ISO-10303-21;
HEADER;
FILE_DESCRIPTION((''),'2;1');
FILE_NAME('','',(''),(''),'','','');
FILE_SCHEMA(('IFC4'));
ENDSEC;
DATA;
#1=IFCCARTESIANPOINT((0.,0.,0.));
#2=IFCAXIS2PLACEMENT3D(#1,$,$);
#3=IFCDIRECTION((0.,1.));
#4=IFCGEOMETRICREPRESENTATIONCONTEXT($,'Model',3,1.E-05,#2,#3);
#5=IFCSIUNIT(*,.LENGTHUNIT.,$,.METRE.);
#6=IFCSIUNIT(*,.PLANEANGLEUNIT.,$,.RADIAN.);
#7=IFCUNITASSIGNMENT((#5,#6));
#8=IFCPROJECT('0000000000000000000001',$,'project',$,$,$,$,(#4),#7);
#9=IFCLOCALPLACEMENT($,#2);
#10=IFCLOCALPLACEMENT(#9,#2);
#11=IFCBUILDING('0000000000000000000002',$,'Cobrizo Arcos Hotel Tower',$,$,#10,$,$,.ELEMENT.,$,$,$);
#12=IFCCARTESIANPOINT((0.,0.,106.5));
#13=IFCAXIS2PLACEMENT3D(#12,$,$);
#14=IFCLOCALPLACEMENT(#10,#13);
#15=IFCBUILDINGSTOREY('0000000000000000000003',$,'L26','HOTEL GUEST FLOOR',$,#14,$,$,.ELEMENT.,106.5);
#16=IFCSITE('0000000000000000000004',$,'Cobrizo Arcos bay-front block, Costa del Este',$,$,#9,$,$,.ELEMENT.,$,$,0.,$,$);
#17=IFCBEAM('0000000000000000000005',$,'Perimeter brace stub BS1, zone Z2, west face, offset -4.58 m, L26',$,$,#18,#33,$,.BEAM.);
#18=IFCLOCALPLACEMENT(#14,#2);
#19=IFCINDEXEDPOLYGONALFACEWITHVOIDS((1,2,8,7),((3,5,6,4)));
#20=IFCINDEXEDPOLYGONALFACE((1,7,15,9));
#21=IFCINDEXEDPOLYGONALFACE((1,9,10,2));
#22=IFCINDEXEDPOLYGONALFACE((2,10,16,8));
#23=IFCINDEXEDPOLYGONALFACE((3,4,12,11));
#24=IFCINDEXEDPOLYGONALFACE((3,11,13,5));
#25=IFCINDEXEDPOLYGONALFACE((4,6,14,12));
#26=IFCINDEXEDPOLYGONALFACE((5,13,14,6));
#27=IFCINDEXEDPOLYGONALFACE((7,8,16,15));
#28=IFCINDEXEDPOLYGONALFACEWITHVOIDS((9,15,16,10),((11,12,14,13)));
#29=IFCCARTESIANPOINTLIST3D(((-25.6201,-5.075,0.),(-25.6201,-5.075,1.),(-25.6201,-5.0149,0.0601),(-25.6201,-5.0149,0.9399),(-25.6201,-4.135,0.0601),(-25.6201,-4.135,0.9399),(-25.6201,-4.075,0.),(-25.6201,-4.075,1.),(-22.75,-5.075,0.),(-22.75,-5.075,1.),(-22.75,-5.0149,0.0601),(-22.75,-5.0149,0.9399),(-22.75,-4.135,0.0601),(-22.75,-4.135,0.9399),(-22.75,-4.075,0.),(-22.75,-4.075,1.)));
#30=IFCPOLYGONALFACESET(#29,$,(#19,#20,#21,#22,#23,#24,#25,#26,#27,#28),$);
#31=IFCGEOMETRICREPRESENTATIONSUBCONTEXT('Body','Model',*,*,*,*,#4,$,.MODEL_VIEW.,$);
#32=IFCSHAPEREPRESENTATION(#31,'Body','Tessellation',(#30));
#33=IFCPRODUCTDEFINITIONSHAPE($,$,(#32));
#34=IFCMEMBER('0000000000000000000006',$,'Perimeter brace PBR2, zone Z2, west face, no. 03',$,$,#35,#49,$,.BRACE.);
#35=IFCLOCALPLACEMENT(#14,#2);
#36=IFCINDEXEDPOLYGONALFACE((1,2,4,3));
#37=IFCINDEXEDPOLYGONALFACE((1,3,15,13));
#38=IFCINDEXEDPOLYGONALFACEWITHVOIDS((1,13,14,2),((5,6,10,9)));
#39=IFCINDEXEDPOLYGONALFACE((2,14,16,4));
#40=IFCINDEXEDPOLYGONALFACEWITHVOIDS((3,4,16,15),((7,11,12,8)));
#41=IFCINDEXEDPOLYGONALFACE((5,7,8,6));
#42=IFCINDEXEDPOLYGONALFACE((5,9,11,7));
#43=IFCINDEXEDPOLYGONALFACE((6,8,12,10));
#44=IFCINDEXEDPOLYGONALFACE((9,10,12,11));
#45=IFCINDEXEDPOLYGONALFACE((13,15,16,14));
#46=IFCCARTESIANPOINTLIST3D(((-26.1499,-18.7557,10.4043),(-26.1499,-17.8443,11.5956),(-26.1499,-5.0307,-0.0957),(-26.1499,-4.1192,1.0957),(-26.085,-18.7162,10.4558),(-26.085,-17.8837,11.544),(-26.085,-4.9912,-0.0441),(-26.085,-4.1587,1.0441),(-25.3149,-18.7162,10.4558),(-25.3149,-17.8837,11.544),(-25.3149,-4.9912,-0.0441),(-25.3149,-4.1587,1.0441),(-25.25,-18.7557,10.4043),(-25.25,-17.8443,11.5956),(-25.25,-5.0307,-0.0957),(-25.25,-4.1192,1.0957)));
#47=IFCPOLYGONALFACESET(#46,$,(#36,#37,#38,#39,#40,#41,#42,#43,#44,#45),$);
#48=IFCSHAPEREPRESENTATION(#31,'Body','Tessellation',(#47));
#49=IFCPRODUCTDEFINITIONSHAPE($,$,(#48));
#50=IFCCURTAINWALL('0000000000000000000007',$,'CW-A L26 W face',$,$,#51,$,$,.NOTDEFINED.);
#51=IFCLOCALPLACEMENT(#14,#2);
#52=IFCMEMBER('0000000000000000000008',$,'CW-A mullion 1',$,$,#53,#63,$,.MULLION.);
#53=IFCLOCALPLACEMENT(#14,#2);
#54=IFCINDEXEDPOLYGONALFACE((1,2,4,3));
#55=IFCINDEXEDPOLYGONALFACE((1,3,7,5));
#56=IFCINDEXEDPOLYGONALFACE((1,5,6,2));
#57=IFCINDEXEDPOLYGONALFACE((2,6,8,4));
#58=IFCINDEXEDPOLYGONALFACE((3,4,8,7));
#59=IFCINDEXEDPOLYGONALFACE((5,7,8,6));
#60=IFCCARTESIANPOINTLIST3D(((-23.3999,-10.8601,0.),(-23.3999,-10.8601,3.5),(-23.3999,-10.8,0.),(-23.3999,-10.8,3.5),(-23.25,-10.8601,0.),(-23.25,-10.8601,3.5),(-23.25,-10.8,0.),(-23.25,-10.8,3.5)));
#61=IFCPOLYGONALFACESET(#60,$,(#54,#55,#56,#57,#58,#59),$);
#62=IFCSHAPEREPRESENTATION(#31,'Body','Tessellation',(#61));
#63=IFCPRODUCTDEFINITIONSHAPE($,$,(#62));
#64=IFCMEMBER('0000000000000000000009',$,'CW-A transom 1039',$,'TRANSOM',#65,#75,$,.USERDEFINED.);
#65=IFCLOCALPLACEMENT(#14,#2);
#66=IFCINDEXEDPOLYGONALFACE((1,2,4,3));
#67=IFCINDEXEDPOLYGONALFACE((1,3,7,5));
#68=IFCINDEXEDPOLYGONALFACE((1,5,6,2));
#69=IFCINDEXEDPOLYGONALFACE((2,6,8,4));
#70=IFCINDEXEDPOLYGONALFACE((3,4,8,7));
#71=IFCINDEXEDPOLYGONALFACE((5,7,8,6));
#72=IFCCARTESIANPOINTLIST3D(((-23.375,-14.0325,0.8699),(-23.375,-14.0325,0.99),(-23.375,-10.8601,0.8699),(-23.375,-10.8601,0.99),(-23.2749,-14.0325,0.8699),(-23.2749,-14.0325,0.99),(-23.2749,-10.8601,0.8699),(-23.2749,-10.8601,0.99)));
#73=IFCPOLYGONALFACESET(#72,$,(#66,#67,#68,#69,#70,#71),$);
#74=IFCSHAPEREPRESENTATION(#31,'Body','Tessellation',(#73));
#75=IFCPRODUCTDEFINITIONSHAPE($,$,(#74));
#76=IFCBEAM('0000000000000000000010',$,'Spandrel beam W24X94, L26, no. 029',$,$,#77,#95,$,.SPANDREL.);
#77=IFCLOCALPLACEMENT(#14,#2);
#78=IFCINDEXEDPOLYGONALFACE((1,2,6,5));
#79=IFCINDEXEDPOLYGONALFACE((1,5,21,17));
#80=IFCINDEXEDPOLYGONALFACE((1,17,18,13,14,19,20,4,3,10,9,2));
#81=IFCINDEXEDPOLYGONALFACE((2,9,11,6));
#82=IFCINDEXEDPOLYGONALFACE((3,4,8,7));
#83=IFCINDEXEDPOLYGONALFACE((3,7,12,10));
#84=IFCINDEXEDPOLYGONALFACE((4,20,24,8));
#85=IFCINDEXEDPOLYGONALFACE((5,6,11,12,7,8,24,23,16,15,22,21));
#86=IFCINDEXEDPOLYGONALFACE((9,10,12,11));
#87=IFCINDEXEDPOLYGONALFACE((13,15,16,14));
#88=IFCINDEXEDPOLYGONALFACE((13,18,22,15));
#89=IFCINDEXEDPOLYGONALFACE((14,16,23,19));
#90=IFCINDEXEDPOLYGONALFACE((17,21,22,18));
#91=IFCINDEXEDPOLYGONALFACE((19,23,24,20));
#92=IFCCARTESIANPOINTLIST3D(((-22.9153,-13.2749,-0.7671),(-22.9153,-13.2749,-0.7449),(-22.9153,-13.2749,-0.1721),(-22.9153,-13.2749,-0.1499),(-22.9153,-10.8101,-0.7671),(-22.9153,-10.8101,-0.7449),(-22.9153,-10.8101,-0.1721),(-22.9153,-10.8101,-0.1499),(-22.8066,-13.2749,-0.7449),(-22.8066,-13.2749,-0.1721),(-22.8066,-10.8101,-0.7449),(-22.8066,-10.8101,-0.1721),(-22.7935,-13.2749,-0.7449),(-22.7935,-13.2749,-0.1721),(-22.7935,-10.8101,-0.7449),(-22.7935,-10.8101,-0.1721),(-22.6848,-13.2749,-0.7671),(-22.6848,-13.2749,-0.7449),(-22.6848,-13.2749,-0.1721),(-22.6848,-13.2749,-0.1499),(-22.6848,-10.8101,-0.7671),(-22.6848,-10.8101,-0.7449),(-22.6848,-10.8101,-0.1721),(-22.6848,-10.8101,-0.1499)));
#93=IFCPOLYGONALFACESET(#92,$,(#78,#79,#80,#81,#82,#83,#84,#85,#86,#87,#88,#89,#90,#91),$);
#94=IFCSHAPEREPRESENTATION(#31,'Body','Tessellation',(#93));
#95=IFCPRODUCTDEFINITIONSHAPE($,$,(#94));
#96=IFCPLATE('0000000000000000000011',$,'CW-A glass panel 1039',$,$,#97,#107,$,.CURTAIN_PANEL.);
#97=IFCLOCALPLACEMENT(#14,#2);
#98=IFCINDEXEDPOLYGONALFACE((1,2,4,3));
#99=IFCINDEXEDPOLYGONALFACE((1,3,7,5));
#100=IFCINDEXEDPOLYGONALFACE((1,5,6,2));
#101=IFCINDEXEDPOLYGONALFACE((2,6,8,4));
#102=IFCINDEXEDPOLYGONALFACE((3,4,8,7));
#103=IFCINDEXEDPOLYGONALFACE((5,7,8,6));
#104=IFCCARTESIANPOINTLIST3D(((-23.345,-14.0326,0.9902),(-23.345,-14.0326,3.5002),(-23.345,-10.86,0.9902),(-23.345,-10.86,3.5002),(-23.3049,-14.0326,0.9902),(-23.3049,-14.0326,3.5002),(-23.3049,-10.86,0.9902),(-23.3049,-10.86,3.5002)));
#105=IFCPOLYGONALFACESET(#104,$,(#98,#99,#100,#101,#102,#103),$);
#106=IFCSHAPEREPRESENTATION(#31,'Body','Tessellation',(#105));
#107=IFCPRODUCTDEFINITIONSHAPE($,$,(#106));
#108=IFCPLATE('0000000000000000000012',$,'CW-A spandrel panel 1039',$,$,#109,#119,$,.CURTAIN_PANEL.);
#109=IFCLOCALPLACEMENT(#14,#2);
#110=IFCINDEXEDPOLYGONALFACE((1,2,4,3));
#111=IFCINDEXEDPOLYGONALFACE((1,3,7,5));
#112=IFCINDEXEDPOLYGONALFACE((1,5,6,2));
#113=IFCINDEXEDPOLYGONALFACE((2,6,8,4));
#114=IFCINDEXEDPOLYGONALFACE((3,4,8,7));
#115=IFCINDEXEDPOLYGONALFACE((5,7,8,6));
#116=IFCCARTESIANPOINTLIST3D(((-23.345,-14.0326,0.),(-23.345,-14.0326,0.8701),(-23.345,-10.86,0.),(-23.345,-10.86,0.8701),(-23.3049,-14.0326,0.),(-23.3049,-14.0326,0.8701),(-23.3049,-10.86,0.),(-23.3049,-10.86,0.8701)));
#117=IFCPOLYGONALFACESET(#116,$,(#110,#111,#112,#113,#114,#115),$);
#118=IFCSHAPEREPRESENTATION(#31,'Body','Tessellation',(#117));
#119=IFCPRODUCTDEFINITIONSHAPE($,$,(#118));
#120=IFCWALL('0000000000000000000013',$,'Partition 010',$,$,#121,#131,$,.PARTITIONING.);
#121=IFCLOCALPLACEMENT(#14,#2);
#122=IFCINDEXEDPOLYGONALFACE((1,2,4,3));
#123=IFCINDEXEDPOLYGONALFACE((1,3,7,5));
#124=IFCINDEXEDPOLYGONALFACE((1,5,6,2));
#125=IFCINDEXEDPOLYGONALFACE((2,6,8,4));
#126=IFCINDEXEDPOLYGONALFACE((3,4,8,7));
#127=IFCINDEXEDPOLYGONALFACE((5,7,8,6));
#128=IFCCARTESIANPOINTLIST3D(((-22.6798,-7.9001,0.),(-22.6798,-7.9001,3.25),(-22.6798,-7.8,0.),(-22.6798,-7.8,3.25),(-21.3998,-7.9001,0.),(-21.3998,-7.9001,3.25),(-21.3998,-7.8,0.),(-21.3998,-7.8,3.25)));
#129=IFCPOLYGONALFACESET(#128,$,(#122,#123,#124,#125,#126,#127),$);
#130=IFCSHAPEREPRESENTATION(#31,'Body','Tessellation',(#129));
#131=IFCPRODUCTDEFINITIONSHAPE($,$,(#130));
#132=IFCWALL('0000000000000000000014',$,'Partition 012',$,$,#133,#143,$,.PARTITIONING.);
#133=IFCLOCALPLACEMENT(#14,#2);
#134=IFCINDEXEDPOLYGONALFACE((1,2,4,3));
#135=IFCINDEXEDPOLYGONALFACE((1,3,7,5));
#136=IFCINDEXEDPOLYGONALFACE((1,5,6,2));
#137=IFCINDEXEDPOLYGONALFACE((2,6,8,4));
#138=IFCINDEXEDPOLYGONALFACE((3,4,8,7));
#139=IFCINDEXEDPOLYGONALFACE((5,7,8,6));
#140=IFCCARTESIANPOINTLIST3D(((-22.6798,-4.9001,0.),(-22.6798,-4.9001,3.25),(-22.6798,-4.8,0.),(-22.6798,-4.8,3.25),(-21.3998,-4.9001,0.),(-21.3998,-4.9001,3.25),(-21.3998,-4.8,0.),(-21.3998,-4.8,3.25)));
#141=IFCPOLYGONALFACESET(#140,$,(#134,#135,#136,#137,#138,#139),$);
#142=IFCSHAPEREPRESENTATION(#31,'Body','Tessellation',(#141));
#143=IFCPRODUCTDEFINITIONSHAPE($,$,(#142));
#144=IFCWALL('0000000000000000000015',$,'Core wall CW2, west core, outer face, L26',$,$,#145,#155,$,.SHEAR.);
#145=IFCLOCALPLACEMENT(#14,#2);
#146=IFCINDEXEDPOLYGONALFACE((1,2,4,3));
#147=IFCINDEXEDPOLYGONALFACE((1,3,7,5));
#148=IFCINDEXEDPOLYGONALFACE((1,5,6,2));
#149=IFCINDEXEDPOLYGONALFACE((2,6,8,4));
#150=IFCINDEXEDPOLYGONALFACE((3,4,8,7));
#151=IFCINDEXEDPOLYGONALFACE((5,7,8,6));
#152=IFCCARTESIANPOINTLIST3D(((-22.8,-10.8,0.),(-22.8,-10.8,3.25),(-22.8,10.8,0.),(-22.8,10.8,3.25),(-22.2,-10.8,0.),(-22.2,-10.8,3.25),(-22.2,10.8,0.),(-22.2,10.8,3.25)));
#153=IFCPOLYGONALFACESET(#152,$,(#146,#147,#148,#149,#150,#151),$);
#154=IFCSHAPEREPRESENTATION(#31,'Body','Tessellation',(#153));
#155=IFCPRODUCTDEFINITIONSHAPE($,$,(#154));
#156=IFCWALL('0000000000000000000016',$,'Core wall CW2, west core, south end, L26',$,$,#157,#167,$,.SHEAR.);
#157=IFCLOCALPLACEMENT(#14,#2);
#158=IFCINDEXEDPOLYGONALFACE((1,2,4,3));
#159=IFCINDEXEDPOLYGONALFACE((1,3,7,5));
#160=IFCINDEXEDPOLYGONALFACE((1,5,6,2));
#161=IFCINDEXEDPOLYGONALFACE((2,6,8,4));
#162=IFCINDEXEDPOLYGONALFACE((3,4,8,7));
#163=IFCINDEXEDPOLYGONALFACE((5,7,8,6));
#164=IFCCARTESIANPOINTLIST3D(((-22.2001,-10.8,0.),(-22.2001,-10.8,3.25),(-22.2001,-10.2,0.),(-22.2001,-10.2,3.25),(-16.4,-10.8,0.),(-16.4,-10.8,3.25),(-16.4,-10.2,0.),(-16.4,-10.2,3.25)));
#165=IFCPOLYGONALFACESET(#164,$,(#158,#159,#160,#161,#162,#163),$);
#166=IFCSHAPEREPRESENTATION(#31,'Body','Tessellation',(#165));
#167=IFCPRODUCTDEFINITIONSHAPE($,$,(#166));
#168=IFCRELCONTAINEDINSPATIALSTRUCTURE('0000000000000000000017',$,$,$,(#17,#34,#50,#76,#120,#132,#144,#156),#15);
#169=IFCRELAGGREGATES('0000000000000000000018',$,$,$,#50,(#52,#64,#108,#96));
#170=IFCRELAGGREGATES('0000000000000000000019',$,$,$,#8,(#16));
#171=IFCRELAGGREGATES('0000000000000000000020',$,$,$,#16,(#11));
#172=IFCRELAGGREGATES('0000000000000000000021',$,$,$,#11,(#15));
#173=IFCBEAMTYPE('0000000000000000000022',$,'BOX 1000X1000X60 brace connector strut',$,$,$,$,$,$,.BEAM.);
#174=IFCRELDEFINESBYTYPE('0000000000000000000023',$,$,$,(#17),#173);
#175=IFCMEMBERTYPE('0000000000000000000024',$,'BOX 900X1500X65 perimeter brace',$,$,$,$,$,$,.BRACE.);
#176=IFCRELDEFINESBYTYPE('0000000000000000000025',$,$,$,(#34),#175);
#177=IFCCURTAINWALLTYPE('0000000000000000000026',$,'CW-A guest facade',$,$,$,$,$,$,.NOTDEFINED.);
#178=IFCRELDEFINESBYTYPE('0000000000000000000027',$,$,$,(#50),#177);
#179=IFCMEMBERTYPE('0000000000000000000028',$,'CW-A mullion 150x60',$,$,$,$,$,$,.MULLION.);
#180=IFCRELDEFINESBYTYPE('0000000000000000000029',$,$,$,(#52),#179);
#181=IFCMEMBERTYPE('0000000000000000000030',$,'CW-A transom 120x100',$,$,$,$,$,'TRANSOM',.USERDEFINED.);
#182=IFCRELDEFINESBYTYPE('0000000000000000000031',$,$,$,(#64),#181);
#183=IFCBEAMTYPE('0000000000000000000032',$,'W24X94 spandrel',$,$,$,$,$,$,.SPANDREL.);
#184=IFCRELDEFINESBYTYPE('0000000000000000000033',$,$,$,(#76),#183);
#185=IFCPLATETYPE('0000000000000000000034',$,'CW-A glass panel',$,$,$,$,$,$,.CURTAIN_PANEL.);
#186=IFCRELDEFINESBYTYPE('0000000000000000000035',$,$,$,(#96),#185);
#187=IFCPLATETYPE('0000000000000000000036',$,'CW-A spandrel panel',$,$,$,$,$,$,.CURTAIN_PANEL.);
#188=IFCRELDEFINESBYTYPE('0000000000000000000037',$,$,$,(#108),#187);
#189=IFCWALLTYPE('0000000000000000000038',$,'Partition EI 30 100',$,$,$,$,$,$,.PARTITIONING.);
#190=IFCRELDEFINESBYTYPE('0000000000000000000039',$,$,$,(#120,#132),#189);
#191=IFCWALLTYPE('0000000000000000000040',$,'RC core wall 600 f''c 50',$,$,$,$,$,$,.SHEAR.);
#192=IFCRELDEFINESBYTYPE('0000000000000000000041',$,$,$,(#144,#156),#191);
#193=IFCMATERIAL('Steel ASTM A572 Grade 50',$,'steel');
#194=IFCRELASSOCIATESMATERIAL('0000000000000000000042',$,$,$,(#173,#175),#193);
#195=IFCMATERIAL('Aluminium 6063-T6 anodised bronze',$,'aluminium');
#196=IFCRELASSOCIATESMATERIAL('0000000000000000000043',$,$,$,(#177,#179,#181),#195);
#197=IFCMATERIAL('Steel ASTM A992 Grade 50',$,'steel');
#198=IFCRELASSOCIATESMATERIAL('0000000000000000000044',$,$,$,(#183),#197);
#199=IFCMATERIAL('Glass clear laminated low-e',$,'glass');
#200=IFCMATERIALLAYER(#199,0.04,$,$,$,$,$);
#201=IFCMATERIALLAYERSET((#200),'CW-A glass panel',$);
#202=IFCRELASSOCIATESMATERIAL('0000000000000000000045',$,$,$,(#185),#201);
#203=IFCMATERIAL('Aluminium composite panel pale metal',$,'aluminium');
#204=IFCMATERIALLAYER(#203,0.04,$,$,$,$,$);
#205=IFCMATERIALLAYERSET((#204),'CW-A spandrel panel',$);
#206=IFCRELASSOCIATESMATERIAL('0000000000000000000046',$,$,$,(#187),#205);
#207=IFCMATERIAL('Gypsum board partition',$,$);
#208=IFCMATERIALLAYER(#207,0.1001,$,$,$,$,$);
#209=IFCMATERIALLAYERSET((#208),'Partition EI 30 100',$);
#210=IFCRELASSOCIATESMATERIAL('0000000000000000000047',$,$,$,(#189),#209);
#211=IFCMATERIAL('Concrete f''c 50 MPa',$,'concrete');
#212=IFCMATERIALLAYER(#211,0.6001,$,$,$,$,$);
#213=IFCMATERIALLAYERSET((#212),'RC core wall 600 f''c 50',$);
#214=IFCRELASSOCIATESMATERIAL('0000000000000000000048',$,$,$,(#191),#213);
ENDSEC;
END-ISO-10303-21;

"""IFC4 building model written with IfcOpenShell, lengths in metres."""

from ifc_helpers import new_model, si_unit, direction, frame, frame_2d, origin, origin_2d, place, context, subcontext, project, spatial, rectangle, hollow_rectangle, i_section, extrude, material, layer, layer_set, material_profile, profile_set, type_object, element, aggregate, save


model = new_model("IFC4")

# Units and contexts
model_context = context("Model", 3, precision=1e-05, world=origin(), true_north=direction((0.0, 1.0)))
body_context = subcontext(model_context, "Body", "Model", "MODEL_VIEW")
ifc_project = project(units=[si_unit("LENGTHUNIT", "METRE"), si_unit("PLANEANGLEUNIT", "RADIAN")], contexts=[model_context])

# Site, building, storey
site_placement = place(None, origin())
site = spatial("IfcSite", under=ifc_project, at=site_placement, Name="Cobrizo Arcos bay-front block, Costa del Este", CompositionType="ELEMENT", RefElevation=0.0)
building_placement = place(site_placement, origin())
building = spatial("IfcBuilding", under=site, at=building_placement, Name="Cobrizo Arcos Hotel Tower", CompositionType="ELEMENT")
storey_placement = place(building_placement, frame((0.0, 0.0, 106.5)))
storey = spatial("IfcBuildingStorey", under=building, at=storey_placement, Name="L26", Description="HOTEL GUEST FLOOR", CompositionType="ELEMENT", Elevation=106.5)

# Beam
ifc_material_1 = material(Name="Steel ASTM A572 Grade 50", Category="steel")
ifc_material_profile_1 = material_profile(ifc_material_1, hollow_rectangle(XDim=1.0, YDim=1.0, WallThickness=0.0601, at=origin_2d()), Name="BOX 1000X1000X60")
ifc_profile_set_1 = profile_set([ifc_material_profile_1], Name="Steel ASTM A572 Grade 50")
beam_type_1 = type_object("IfcBeamType", Name="BOX 1000X1000X60 brace connector strut", PredefinedType="BEAM", material=ifc_profile_set_1)
beam_1_placement = place(storey_placement, frame((-22.75, -4.575, 0.5), z_axis=(-1.0, 0.0, 0.0), x_axis=(0.0, -1.0, 0.0)))
element("IfcBeam", 1, at=beam_1_placement, inside=storey, type_object=beam_type_1, Name="Perimeter brace stub BS1, zone Z2, west face, offset -4.58 m, L26", PredefinedType="BEAM", context=body_context, shape_type="SweptSolid", body=[
    extrude(hollow_rectangle(XDim=1.0, YDim=1.0, WallThickness=0.0601, at=origin_2d()), origin(), (0.0, 0.0, 1.0), 2.8701),
])

# Member
ifc_material_profile_2 = material_profile(ifc_material_1, hollow_rectangle(XDim=0.8999, YDim=1.5, WallThickness=0.0649, at=origin_2d()), Name="BOX 900X1500X65")
ifc_profile_set_2 = profile_set([ifc_material_profile_2], Name="Steel ASTM A572 Grade 50")
member_type_1 = type_object("IfcMemberType", Name="BOX 900X1500X65 perimeter brace", PredefinedType="BRACE", material=ifc_profile_set_2)
member_1_placement = place(storey_placement, frame((-25.7, -4.575, 0.5), z_axis=(0.0, -0.794237, 0.607608), x_axis=(1.0, 0.0, 0.0)))
element("IfcMember", 2, at=member_1_placement, inside=storey, type_object=member_type_1, Name="Perimeter brace PBR2, zone Z2, west face, no. 03", PredefinedType="BRACE", context=body_context, shape_type="SweptSolid", body=[
    extrude(hollow_rectangle(XDim=0.8999, YDim=1.5, WallThickness=0.0649, at=origin_2d()), origin(), (0.0, 0.0, 1.0), 17.2808),
])

# Curtain wall, members
ifc_material_2 = material(Name="Aluminium 6063-T6 anodised bronze", Category="aluminium")
curtain_wall_type = type_object("IfcCurtainWallType", Name="CW-A guest facade", PredefinedType="NOTDEFINED", material=ifc_material_2)
curtain_wall_placement = place(storey_placement, origin())
curtain_wall = element("IfcCurtainWall", 3, at=curtain_wall_placement, inside=storey, type_object=curtain_wall_type, Name="CW-A L26 W face", PredefinedType="NOTDEFINED")
ifc_material_profile_3 = material_profile(ifc_material_2, rectangle(XDim=0.1499, YDim=0.0601, at=origin_2d()), Name="CW-A mullion 150x60")
ifc_profile_set_3 = profile_set([ifc_material_profile_3], Name="Aluminium 6063-T6 anodised bronze")
member_type_2 = type_object("IfcMemberType", Name="CW-A mullion 150x60", PredefinedType="MULLION", material=ifc_profile_set_3)
member_2_placement = place(storey_placement, frame((-23.325, -10.8301, 0.0), z_axis=(0.0, 0.0, 1.0), x_axis=(-1.0, 0.0, 0.0)))
member_2 = element("IfcMember", 4, at=member_2_placement, type_object=member_type_2, Name="CW-A mullion 1", PredefinedType="MULLION", context=body_context, shape_type="SweptSolid", body=[
    extrude(rectangle(XDim=0.1499, YDim=0.0601, at=origin_2d()), origin(), (0.0, 0.0, 1.0), 3.5),
])
ifc_material_profile_4 = material_profile(ifc_material_2, rectangle(XDim=0.1001, YDim=0.1201, at=origin_2d()), Name="CW-A transom 120x100")
ifc_profile_set_4 = profile_set([ifc_material_profile_4], Name="Aluminium 6063-T6 anodised bronze")
member_type_3 = type_object("IfcMemberType", Name="CW-A transom 120x100", ElementType="TRANSOM", PredefinedType="USERDEFINED", material=ifc_profile_set_4)
member_3_placement = place(storey_placement, frame((-23.325, -10.8601, 0.9299), z_axis=(0.0, -1.0, 0.0), x_axis=(1.0, 0.0, 0.0)))
member_3 = element("IfcMember", 5, at=member_3_placement, type_object=member_type_3, Name="CW-A transom 1039", ObjectType="TRANSOM", PredefinedType="USERDEFINED", context=body_context, shape_type="SweptSolid", body=[
    extrude(rectangle(XDim=0.1001, YDim=0.1201, at=origin_2d()), origin(), (0.0, 0.0, 1.0), 3.1724),
])

# Beam
ifc_material_3 = material(Name="Steel ASTM A992 Grade 50", Category="steel")
ifc_material_profile_5 = material_profile(ifc_material_3, i_section(OverallWidth=0.2305, OverallDepth=0.6172, WebThickness=0.0132, FlangeThickness=0.0222, at=origin_2d()), Name="W24X94")
ifc_profile_set_5 = profile_set([ifc_material_profile_5], Name="Steel ASTM A992 Grade 50")
beam_type_2 = type_object("IfcBeamType", Name="W24X94 spandrel", PredefinedType="SPANDREL", material=ifc_profile_set_5)
beam_2_placement = place(storey_placement, frame((-22.8, -10.8101, -0.4585), z_axis=(0.0, -1.0, 0.0), x_axis=(1.0, 0.0, 0.0)))
element("IfcBeam", 6, at=beam_2_placement, inside=storey, type_object=beam_type_2, Name="Spandrel beam W24X94, L26, no. 029", PredefinedType="SPANDREL", context=body_context, shape_type="SweptSolid", body=[
    extrude(i_section(OverallWidth=0.2305, OverallDepth=0.6172, WebThickness=0.0132, FlangeThickness=0.0222, at=origin_2d()), origin(), (0.0, 0.0, 1.0), 2.4648),
])

# Plates
ifc_material_4 = material(Name="Glass clear laminated low-e", Category="glass")
ifc_layer_1 = layer(ifc_material_4, 0.04)
ifc_layer_set_1 = layer_set([ifc_layer_1], Name="CW-A glass panel")
plate_type_1 = type_object("IfcPlateType", Name="CW-A glass panel", PredefinedType="CURTAIN_PANEL", material=ifc_layer_set_1)
plate_1_placement = place(storey_placement, frame((-23.325, -12.4463, 0.9902), z_axis=(0.0, 0.0, 1.0), x_axis=(0.0, -1.0, 0.0)))
plate_1 = element("IfcPlate", 7, at=plate_1_placement, type_object=plate_type_1, Name="CW-A glass panel 1039", PredefinedType="CURTAIN_PANEL", context=body_context, shape_type="SweptSolid", body=[
    extrude(rectangle(XDim=3.1726, YDim=0.04, at=origin_2d()), origin(), (0.0, 0.0, 1.0), 2.51),
])
ifc_material_5 = material(Name="Aluminium composite panel pale metal", Category="aluminium")
ifc_layer_2 = layer(ifc_material_5, 0.04)
ifc_layer_set_2 = layer_set([ifc_layer_2], Name="CW-A spandrel panel")
plate_type_2 = type_object("IfcPlateType", Name="CW-A spandrel panel", PredefinedType="CURTAIN_PANEL", material=ifc_layer_set_2)
plate_2_placement = place(storey_placement, frame((-23.325, -12.4463, 0.0), z_axis=(0.0, 0.0, 1.0), x_axis=(0.0, -1.0, 0.0)))
plate_2 = element("IfcPlate", 8, at=plate_2_placement, type_object=plate_type_2, Name="CW-A spandrel panel 1039", PredefinedType="CURTAIN_PANEL", context=body_context, shape_type="SweptSolid", body=[
    extrude(rectangle(XDim=3.1726, YDim=0.04, at=origin_2d()), origin(), (0.0, 0.0, 1.0), 0.8701),
])
aggregate(curtain_wall, [member_2, member_3, plate_2, plate_1])

# Walls
ifc_material_6 = material(Name="Gypsum board partition")
ifc_layer_3 = layer(ifc_material_6, 0.1001)
ifc_layer_set_3 = layer_set([ifc_layer_3], Name="Partition EI 30 100")
wall_type_1 = type_object("IfcWallType", Name="Partition EI 30 100", PredefinedType="PARTITIONING", material=ifc_layer_set_3)
for number, where, z_axis, x_axis, name in (
    (9, (-22.6799, -7.8501, 0.0), (0.0, 0.0, 1.0), (1.0, 0.0, 0.0), "Partition 010"),
    (10, (-22.6799, -4.8501, 0.0), (0.0, 0.0, 1.0), (1.0, 0.0, 0.0), "Partition 012"),
):
    element("IfcWall", number, at=place(storey_placement, frame(where, z_axis=z_axis, x_axis=x_axis)), inside=storey, type_object=wall_type_1, Name=name, PredefinedType="PARTITIONING", context=body_context, shape_type="SweptSolid", body=[
        extrude(rectangle(XDim=1.28, YDim=0.1001, at=frame_2d((0.6401, 0.0))), origin(), (0.0, 0.0, 1.0), 3.25),
    ])
ifc_material_7 = material(Name="Concrete f'c 50 MPa", Category="concrete")
ifc_layer_4 = layer(ifc_material_7, 0.6001)
ifc_layer_set_4 = layer_set([ifc_layer_4], Name="RC core wall 600 f'c 50")
wall_type_2 = type_object("IfcWallType", Name="RC core wall 600 f'c 50", PredefinedType="SHEAR", material=ifc_layer_set_4)
wall_1_placement = place(storey_placement, frame((-22.5, -10.8, 0.0), z_axis=(0.0, 0.0, 1.0), x_axis=(0.0, 1.0, 0.0)))
element("IfcWall", 11, at=wall_1_placement, inside=storey, type_object=wall_type_2, Name="Core wall CW2, west core, outer face, L26", PredefinedType="SHEAR", context=body_context, shape_type="SweptSolid", body=[
    extrude(rectangle(XDim=21.6001, YDim=0.6001, at=frame_2d((10.8, 0.0))), origin(), (0.0, 0.0, 1.0), 3.25),
])
wall_2_placement = place(storey_placement, frame((-22.2, -10.5, 0.0), z_axis=(0.0, 0.0, 1.0), x_axis=(1.0, 0.0, 0.0)))
element("IfcWall", 12, at=wall_2_placement, inside=storey, type_object=wall_type_2, Name="Core wall CW2, west core, south end, L26", PredefinedType="SHEAR", context=body_context, shape_type="SweptSolid", body=[
    extrude(rectangle(XDim=5.8, YDim=0.6001, at=frame_2d((2.8999, 0.0))), origin(), (0.0, 0.0, 1.0), 3.25),
])

save(model, "model.ifc")
